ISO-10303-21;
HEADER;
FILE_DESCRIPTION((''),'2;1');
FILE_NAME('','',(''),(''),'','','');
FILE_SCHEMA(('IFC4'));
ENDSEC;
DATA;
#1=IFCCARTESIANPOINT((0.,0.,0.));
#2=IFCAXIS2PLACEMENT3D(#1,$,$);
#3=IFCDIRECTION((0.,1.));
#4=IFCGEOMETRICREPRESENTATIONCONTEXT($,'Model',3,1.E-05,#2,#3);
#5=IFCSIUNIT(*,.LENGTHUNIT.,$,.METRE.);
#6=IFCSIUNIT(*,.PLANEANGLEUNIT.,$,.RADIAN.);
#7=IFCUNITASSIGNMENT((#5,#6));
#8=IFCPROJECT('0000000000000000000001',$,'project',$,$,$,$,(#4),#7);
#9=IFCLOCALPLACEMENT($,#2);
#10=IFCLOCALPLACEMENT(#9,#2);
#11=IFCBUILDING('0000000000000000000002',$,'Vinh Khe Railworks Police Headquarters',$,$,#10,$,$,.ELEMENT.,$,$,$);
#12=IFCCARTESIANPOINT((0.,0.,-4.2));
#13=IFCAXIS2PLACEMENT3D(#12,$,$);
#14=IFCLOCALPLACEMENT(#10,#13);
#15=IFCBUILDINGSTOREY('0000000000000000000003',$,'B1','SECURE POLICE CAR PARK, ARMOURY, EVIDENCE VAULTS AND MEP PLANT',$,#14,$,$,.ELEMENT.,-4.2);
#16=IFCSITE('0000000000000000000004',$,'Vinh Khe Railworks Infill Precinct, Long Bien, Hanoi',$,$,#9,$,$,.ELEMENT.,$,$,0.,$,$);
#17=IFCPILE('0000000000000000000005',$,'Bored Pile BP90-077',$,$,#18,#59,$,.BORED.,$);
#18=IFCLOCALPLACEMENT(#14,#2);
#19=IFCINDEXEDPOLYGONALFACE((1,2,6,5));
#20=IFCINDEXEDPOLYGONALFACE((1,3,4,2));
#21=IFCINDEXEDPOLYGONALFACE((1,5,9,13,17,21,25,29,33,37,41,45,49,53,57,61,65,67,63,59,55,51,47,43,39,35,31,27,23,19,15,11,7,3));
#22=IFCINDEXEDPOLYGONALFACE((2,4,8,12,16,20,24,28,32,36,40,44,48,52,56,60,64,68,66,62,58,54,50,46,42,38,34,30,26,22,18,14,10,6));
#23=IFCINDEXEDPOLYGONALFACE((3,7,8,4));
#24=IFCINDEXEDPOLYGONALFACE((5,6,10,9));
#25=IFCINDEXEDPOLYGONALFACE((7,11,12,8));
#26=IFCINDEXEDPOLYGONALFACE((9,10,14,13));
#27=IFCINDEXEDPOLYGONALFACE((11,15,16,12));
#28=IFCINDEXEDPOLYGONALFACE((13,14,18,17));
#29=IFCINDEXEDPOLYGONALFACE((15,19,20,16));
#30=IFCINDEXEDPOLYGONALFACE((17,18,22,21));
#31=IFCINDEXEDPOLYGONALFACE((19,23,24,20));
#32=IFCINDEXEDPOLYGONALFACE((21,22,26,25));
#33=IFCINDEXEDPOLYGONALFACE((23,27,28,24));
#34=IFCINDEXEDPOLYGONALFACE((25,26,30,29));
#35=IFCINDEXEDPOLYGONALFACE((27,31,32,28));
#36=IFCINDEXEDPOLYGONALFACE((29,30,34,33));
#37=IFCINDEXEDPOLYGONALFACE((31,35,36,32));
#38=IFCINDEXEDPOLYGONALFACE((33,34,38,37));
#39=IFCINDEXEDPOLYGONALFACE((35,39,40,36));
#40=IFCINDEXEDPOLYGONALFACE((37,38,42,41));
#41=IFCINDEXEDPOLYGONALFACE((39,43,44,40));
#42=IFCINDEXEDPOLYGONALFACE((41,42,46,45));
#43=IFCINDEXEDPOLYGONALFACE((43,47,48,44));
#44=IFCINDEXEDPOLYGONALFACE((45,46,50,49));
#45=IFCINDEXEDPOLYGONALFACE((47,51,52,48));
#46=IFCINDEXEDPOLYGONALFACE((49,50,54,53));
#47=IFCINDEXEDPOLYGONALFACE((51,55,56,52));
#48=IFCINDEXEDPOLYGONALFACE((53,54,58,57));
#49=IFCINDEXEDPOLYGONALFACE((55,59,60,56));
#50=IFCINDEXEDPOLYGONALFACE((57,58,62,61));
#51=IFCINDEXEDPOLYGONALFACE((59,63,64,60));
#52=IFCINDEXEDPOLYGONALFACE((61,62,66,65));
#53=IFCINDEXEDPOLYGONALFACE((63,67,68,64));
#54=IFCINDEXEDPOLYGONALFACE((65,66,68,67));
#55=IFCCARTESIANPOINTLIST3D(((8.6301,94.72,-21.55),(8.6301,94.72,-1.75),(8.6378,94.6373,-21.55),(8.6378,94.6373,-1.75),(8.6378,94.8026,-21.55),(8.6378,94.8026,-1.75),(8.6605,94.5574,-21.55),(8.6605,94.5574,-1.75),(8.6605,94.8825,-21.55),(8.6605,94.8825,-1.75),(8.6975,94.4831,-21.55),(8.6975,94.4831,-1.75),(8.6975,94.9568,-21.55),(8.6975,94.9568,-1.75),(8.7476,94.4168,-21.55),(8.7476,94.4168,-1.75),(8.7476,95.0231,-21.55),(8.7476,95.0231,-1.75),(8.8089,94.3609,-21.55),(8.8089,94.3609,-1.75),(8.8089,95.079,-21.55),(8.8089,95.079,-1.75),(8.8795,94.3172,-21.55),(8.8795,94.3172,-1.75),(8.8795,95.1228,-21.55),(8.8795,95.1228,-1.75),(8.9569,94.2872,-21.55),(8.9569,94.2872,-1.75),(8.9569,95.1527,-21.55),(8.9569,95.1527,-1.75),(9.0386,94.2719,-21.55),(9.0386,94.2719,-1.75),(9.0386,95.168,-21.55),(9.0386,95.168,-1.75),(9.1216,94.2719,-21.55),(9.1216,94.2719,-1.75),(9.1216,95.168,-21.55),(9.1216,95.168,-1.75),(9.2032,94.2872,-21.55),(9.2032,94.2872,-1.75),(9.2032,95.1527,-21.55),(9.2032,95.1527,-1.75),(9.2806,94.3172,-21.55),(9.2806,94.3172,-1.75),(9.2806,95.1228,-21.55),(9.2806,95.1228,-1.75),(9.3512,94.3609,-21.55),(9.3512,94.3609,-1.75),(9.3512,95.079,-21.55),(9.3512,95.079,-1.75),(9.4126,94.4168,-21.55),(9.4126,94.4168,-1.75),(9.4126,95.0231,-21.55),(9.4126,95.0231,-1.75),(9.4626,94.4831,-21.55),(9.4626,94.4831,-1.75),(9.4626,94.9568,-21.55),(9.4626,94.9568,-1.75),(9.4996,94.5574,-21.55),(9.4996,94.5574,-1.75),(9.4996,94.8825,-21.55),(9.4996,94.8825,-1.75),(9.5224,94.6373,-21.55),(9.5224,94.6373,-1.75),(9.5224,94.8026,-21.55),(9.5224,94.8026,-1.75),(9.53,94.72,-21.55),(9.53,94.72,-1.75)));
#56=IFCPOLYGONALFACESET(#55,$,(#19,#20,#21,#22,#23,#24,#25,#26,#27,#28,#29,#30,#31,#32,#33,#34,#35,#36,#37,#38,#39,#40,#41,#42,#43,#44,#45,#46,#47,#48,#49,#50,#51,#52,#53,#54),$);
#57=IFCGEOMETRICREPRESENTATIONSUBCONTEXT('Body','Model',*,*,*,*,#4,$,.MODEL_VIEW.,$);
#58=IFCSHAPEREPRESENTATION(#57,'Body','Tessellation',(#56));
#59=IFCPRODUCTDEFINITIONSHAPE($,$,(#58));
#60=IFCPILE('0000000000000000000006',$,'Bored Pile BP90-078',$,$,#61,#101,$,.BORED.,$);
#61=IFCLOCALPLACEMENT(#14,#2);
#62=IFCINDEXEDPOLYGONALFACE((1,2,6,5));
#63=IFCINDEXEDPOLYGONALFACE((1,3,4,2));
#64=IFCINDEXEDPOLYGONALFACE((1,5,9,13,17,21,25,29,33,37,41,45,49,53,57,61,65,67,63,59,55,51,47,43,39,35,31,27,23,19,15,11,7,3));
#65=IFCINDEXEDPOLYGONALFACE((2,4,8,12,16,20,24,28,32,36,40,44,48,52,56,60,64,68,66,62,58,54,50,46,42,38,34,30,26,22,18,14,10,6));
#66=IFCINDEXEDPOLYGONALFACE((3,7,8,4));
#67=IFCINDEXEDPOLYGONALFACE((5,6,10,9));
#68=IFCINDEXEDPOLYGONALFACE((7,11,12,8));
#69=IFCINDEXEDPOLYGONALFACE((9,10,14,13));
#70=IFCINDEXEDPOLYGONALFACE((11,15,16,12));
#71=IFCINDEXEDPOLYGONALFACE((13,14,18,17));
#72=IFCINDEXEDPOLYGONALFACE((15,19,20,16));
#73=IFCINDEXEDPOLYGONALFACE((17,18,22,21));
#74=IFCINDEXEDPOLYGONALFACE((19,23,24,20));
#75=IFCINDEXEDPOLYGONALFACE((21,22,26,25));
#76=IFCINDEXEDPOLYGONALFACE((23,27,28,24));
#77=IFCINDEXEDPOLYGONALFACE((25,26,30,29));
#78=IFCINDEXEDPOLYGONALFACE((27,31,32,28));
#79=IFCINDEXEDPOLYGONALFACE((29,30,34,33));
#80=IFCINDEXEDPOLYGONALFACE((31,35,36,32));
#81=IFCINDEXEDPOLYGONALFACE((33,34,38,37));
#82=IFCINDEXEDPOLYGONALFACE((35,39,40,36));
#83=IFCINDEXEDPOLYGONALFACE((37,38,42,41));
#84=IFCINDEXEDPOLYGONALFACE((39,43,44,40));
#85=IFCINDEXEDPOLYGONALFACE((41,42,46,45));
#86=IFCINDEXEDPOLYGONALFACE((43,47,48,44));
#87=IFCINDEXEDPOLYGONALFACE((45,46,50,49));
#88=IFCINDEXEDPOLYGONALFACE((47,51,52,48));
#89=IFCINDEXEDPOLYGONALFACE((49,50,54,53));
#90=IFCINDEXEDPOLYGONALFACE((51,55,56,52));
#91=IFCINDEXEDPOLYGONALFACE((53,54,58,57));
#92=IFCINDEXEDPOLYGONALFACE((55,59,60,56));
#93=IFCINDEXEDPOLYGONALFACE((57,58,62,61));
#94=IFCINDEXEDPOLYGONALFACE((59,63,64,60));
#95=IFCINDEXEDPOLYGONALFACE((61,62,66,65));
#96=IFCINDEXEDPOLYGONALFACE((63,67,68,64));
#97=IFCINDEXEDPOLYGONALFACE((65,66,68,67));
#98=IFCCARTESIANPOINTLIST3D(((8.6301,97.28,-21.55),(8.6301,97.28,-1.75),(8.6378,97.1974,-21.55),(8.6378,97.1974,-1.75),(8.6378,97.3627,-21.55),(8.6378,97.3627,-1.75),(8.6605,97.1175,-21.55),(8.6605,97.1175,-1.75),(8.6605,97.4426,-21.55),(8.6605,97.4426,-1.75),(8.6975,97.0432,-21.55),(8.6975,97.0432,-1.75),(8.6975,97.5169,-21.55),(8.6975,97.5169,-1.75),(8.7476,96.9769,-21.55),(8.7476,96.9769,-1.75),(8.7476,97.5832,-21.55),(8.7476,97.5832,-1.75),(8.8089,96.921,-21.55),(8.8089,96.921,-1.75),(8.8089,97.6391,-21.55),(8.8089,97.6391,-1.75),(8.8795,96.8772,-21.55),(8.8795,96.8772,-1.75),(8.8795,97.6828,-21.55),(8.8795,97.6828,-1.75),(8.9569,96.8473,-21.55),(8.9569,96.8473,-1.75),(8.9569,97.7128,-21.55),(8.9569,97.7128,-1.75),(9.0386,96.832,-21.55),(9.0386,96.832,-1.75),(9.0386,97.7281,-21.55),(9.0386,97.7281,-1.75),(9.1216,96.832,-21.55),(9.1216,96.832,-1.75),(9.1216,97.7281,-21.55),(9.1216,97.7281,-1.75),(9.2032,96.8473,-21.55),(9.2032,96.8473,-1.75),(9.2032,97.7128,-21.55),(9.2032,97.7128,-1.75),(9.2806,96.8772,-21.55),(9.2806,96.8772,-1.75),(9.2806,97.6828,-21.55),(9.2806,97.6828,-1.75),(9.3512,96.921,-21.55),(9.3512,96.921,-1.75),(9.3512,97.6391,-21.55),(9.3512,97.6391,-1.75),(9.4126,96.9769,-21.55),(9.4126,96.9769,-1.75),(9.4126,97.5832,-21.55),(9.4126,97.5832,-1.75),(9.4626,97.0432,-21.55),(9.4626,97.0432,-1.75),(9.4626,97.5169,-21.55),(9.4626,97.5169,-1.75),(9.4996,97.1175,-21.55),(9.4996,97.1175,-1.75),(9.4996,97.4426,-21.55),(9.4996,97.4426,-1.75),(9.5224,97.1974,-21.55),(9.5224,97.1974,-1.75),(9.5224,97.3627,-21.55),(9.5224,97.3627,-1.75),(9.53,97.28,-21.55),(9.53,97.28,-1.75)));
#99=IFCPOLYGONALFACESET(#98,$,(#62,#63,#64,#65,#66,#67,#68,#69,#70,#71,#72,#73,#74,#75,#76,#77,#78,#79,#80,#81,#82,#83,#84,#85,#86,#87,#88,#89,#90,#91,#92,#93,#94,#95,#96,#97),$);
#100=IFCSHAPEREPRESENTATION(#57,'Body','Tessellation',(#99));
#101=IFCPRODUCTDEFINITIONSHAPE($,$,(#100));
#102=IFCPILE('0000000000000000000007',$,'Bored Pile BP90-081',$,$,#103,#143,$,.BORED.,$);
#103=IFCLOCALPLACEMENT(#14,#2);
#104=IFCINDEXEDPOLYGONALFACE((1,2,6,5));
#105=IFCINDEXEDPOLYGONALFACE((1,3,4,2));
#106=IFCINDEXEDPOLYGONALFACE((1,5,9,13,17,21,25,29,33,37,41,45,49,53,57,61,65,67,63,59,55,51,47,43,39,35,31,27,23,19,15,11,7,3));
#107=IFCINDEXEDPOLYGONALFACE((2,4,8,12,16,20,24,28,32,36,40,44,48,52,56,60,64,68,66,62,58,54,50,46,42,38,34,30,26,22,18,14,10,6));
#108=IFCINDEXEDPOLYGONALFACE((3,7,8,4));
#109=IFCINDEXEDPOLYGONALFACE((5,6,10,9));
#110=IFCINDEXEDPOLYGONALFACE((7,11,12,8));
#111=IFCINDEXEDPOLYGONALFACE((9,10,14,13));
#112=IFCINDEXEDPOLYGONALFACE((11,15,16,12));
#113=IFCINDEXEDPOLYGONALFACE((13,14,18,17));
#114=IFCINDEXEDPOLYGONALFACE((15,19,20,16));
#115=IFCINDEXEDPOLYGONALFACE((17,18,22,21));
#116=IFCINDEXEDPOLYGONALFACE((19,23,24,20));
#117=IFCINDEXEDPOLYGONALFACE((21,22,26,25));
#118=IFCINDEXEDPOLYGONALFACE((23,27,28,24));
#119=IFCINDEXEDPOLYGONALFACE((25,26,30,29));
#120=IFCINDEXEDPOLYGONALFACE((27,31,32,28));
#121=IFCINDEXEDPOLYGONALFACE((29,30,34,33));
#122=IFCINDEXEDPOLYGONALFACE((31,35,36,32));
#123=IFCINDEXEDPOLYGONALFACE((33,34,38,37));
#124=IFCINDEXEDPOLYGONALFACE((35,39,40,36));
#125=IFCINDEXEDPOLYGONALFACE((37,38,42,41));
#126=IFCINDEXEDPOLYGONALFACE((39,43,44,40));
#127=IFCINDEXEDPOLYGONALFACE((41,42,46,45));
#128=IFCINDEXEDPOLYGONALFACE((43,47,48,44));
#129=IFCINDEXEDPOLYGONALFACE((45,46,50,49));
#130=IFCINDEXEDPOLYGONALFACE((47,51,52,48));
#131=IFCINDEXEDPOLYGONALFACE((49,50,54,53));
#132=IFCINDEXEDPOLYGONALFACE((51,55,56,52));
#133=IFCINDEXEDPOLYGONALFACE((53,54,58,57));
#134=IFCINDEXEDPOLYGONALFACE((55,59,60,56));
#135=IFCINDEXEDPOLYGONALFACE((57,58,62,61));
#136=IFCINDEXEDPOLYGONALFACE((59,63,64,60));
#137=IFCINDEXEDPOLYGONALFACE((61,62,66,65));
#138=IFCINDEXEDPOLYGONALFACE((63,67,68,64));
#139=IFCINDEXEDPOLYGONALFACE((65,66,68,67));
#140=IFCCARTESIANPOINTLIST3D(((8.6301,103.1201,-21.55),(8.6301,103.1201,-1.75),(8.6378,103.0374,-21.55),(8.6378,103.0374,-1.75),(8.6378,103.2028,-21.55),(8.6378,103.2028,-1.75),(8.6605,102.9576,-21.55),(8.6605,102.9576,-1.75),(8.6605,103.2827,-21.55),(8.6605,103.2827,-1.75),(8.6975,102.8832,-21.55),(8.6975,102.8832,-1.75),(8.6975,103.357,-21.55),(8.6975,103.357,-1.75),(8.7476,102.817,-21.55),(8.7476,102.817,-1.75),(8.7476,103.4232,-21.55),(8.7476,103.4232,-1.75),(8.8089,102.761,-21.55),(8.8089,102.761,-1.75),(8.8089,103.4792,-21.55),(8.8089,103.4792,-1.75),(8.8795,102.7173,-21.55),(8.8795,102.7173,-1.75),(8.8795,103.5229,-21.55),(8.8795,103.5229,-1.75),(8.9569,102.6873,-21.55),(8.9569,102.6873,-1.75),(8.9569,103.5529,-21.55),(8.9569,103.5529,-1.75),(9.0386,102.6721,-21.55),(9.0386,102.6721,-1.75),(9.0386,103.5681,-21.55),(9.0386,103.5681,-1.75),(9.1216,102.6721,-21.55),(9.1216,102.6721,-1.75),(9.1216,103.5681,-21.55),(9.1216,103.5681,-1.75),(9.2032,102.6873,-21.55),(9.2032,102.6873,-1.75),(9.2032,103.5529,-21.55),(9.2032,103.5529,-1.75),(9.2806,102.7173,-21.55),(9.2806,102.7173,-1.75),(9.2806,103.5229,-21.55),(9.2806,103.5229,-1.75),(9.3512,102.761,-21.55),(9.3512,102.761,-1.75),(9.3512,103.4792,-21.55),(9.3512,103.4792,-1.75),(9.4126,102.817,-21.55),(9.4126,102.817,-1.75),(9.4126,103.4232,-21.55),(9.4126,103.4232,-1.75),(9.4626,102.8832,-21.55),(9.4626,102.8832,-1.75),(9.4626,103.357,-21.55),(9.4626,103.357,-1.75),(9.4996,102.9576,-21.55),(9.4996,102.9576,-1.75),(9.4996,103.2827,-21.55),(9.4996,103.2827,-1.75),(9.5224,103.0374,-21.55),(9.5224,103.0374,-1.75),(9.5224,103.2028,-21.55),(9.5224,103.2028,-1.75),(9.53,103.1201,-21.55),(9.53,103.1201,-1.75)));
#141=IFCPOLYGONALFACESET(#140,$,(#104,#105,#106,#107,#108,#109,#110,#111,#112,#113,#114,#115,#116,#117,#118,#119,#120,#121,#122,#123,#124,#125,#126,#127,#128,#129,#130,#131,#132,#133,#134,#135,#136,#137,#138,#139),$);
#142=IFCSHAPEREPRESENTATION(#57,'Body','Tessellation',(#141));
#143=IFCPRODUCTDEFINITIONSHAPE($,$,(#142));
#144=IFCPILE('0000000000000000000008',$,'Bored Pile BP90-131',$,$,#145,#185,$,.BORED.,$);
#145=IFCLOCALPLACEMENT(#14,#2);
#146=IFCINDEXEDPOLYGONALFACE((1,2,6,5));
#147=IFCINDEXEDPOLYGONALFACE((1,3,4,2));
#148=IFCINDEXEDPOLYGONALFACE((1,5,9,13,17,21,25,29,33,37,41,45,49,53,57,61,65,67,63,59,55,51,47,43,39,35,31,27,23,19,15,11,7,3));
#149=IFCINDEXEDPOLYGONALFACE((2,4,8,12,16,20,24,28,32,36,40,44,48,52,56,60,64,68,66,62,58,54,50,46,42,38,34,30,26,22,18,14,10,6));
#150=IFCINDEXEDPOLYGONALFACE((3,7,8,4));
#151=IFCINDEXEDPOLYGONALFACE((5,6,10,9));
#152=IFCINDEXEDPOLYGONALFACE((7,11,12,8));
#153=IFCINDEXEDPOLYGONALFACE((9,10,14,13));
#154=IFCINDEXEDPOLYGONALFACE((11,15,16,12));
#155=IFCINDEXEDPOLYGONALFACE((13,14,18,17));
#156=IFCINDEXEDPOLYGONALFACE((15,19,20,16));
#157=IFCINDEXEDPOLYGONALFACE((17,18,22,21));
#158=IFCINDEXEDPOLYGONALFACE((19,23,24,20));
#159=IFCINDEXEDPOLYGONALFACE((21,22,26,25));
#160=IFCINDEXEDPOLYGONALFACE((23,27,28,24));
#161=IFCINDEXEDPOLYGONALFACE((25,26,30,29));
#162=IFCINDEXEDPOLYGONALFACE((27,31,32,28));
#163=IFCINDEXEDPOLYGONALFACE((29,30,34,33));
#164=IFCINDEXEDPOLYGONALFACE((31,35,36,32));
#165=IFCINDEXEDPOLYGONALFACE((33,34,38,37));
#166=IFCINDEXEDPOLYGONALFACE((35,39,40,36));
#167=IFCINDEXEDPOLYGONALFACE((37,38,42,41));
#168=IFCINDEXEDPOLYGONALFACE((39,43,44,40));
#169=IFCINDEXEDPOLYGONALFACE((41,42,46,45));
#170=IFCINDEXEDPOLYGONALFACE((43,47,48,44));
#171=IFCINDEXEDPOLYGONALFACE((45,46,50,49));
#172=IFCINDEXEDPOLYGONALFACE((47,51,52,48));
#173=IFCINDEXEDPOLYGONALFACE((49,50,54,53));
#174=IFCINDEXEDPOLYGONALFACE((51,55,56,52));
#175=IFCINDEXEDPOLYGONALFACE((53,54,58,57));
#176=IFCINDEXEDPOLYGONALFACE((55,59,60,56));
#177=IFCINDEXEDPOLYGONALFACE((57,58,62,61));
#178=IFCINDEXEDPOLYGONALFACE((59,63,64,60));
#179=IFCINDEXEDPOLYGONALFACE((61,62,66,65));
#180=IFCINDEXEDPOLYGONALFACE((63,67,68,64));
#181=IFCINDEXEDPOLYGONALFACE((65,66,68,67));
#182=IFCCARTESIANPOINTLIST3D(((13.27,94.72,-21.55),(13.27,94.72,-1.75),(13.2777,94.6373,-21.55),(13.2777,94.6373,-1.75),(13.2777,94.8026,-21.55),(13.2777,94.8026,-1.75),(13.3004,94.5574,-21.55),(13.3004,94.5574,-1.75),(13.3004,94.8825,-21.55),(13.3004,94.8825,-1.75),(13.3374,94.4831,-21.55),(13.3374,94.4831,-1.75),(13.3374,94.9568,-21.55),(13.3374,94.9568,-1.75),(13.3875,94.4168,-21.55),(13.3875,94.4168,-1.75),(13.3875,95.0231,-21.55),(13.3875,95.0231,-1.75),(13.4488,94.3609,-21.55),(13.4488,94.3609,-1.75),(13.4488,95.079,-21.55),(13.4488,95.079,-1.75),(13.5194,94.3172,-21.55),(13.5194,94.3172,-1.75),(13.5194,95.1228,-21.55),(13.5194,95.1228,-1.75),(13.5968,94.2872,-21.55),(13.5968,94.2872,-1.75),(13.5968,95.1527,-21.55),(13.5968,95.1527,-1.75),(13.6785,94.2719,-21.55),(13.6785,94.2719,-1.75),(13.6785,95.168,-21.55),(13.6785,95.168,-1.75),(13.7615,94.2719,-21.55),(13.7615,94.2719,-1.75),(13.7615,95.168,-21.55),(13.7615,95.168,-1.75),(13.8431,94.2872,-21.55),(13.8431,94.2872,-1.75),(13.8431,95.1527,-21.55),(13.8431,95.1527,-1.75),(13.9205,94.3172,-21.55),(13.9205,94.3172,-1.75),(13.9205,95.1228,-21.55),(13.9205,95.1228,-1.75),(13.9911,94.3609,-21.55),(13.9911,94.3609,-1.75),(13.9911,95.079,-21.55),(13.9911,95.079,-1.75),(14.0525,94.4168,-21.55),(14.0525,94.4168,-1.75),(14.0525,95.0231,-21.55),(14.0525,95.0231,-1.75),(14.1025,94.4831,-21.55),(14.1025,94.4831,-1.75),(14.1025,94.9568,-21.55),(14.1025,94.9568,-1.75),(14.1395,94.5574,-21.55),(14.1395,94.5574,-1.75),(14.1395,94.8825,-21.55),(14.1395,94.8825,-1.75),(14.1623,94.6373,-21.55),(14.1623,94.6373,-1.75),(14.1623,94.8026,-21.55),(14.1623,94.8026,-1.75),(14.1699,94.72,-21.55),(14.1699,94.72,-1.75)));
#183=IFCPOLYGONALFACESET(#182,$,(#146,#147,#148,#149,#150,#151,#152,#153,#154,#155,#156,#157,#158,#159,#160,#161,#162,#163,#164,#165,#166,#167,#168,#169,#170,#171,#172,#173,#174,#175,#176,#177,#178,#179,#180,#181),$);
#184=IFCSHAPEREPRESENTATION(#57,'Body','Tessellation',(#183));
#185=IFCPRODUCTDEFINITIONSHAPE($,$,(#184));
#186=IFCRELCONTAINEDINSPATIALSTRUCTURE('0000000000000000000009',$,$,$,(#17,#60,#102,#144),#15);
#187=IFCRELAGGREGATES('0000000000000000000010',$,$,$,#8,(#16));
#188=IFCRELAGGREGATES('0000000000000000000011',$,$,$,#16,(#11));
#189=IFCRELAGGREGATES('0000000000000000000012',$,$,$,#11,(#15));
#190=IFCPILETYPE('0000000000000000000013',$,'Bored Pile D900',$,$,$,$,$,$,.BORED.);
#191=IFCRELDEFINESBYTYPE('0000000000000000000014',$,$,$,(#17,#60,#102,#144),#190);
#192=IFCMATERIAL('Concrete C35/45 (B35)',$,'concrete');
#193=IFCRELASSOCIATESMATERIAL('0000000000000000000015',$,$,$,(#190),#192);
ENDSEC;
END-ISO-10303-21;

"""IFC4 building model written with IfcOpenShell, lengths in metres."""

from ifc_helpers import new_model, si_unit, direction, frame, origin, origin_2d, place, context, subcontext, project, spatial, circle, extrude, material, material_profile, profile_set, type_object, element, save


model = new_model("IFC4")

# Units and contexts
model_context = context("Model", 3, precision=1e-05, world=origin(), true_north=direction((0.0, 1.0)))
body_context = subcontext(model_context, "Body", "Model", "MODEL_VIEW")
ifc_project = project(units=[si_unit("LENGTHUNIT", "METRE"), si_unit("PLANEANGLEUNIT", "RADIAN")], contexts=[model_context])

# Site, building, storey
site_placement = place(None, origin())
site = spatial("IfcSite", under=ifc_project, at=site_placement, Name="Vinh Khe Railworks Infill Precinct, Long Bien, Hanoi", CompositionType="ELEMENT", RefElevation=0.0)
building_placement = place(site_placement, origin())
building = spatial("IfcBuilding", under=site, at=building_placement, Name="Vinh Khe Railworks Police Headquarters", CompositionType="ELEMENT")
storey_placement = place(building_placement, frame((0.0, 0.0, -4.2)))
storey = spatial("IfcBuildingStorey", under=building, at=storey_placement, Name="B1", Description="SECURE POLICE CAR PARK, ARMOURY, EVIDENCE VAULTS AND MEP PLANT", CompositionType="ELEMENT", Elevation=-4.2)

# Piles
ifc_material_1 = material(Name="Concrete C35/45 (B35)", Category="concrete")
ifc_material_profile_1 = material_profile(ifc_material_1, circle(Radius=0.45, at=origin_2d()), Name="BORED PILE D900")
ifc_profile_set_1 = profile_set([ifc_material_profile_1], Name="Concrete C35/45 (B35)")
pile_type = type_object("IfcPileType", Name="Bored Pile D900", PredefinedType="BORED", material=ifc_profile_set_1)
for number, where, z_axis, x_axis, name in (
    (1, (9.0801, 94.72, -1.75), (0.0, 0.0, -1.0), (1.0, 0.0, 0.0), "Bored Pile BP90-077"),
    (2, (9.0801, 97.28, -1.75), (0.0, 0.0, -1.0), (1.0, 0.0, 0.0), "Bored Pile BP90-078"),
    (3, (9.0801, 103.1201, -1.75), (0.0, 0.0, -1.0), (1.0, 0.0, 0.0), "Bored Pile BP90-081"),
    (4, (13.72, 94.72, -1.75), (0.0, 0.0, -1.0), (1.0, 0.0, 0.0), "Bored Pile BP90-131"),
):
    element("IfcPile", number, at=place(storey_placement, frame(where, z_axis=z_axis, x_axis=x_axis)), inside=storey, type_object=pile_type, Name=name, PredefinedType="BORED", context=body_context, shape_type="SweptSolid", body=[
        extrude(circle(Radius=0.45, at=origin_2d()), origin(), (0.0, 0.0, 1.0), 19.8),
    ])

save(model, "model.ifc")
